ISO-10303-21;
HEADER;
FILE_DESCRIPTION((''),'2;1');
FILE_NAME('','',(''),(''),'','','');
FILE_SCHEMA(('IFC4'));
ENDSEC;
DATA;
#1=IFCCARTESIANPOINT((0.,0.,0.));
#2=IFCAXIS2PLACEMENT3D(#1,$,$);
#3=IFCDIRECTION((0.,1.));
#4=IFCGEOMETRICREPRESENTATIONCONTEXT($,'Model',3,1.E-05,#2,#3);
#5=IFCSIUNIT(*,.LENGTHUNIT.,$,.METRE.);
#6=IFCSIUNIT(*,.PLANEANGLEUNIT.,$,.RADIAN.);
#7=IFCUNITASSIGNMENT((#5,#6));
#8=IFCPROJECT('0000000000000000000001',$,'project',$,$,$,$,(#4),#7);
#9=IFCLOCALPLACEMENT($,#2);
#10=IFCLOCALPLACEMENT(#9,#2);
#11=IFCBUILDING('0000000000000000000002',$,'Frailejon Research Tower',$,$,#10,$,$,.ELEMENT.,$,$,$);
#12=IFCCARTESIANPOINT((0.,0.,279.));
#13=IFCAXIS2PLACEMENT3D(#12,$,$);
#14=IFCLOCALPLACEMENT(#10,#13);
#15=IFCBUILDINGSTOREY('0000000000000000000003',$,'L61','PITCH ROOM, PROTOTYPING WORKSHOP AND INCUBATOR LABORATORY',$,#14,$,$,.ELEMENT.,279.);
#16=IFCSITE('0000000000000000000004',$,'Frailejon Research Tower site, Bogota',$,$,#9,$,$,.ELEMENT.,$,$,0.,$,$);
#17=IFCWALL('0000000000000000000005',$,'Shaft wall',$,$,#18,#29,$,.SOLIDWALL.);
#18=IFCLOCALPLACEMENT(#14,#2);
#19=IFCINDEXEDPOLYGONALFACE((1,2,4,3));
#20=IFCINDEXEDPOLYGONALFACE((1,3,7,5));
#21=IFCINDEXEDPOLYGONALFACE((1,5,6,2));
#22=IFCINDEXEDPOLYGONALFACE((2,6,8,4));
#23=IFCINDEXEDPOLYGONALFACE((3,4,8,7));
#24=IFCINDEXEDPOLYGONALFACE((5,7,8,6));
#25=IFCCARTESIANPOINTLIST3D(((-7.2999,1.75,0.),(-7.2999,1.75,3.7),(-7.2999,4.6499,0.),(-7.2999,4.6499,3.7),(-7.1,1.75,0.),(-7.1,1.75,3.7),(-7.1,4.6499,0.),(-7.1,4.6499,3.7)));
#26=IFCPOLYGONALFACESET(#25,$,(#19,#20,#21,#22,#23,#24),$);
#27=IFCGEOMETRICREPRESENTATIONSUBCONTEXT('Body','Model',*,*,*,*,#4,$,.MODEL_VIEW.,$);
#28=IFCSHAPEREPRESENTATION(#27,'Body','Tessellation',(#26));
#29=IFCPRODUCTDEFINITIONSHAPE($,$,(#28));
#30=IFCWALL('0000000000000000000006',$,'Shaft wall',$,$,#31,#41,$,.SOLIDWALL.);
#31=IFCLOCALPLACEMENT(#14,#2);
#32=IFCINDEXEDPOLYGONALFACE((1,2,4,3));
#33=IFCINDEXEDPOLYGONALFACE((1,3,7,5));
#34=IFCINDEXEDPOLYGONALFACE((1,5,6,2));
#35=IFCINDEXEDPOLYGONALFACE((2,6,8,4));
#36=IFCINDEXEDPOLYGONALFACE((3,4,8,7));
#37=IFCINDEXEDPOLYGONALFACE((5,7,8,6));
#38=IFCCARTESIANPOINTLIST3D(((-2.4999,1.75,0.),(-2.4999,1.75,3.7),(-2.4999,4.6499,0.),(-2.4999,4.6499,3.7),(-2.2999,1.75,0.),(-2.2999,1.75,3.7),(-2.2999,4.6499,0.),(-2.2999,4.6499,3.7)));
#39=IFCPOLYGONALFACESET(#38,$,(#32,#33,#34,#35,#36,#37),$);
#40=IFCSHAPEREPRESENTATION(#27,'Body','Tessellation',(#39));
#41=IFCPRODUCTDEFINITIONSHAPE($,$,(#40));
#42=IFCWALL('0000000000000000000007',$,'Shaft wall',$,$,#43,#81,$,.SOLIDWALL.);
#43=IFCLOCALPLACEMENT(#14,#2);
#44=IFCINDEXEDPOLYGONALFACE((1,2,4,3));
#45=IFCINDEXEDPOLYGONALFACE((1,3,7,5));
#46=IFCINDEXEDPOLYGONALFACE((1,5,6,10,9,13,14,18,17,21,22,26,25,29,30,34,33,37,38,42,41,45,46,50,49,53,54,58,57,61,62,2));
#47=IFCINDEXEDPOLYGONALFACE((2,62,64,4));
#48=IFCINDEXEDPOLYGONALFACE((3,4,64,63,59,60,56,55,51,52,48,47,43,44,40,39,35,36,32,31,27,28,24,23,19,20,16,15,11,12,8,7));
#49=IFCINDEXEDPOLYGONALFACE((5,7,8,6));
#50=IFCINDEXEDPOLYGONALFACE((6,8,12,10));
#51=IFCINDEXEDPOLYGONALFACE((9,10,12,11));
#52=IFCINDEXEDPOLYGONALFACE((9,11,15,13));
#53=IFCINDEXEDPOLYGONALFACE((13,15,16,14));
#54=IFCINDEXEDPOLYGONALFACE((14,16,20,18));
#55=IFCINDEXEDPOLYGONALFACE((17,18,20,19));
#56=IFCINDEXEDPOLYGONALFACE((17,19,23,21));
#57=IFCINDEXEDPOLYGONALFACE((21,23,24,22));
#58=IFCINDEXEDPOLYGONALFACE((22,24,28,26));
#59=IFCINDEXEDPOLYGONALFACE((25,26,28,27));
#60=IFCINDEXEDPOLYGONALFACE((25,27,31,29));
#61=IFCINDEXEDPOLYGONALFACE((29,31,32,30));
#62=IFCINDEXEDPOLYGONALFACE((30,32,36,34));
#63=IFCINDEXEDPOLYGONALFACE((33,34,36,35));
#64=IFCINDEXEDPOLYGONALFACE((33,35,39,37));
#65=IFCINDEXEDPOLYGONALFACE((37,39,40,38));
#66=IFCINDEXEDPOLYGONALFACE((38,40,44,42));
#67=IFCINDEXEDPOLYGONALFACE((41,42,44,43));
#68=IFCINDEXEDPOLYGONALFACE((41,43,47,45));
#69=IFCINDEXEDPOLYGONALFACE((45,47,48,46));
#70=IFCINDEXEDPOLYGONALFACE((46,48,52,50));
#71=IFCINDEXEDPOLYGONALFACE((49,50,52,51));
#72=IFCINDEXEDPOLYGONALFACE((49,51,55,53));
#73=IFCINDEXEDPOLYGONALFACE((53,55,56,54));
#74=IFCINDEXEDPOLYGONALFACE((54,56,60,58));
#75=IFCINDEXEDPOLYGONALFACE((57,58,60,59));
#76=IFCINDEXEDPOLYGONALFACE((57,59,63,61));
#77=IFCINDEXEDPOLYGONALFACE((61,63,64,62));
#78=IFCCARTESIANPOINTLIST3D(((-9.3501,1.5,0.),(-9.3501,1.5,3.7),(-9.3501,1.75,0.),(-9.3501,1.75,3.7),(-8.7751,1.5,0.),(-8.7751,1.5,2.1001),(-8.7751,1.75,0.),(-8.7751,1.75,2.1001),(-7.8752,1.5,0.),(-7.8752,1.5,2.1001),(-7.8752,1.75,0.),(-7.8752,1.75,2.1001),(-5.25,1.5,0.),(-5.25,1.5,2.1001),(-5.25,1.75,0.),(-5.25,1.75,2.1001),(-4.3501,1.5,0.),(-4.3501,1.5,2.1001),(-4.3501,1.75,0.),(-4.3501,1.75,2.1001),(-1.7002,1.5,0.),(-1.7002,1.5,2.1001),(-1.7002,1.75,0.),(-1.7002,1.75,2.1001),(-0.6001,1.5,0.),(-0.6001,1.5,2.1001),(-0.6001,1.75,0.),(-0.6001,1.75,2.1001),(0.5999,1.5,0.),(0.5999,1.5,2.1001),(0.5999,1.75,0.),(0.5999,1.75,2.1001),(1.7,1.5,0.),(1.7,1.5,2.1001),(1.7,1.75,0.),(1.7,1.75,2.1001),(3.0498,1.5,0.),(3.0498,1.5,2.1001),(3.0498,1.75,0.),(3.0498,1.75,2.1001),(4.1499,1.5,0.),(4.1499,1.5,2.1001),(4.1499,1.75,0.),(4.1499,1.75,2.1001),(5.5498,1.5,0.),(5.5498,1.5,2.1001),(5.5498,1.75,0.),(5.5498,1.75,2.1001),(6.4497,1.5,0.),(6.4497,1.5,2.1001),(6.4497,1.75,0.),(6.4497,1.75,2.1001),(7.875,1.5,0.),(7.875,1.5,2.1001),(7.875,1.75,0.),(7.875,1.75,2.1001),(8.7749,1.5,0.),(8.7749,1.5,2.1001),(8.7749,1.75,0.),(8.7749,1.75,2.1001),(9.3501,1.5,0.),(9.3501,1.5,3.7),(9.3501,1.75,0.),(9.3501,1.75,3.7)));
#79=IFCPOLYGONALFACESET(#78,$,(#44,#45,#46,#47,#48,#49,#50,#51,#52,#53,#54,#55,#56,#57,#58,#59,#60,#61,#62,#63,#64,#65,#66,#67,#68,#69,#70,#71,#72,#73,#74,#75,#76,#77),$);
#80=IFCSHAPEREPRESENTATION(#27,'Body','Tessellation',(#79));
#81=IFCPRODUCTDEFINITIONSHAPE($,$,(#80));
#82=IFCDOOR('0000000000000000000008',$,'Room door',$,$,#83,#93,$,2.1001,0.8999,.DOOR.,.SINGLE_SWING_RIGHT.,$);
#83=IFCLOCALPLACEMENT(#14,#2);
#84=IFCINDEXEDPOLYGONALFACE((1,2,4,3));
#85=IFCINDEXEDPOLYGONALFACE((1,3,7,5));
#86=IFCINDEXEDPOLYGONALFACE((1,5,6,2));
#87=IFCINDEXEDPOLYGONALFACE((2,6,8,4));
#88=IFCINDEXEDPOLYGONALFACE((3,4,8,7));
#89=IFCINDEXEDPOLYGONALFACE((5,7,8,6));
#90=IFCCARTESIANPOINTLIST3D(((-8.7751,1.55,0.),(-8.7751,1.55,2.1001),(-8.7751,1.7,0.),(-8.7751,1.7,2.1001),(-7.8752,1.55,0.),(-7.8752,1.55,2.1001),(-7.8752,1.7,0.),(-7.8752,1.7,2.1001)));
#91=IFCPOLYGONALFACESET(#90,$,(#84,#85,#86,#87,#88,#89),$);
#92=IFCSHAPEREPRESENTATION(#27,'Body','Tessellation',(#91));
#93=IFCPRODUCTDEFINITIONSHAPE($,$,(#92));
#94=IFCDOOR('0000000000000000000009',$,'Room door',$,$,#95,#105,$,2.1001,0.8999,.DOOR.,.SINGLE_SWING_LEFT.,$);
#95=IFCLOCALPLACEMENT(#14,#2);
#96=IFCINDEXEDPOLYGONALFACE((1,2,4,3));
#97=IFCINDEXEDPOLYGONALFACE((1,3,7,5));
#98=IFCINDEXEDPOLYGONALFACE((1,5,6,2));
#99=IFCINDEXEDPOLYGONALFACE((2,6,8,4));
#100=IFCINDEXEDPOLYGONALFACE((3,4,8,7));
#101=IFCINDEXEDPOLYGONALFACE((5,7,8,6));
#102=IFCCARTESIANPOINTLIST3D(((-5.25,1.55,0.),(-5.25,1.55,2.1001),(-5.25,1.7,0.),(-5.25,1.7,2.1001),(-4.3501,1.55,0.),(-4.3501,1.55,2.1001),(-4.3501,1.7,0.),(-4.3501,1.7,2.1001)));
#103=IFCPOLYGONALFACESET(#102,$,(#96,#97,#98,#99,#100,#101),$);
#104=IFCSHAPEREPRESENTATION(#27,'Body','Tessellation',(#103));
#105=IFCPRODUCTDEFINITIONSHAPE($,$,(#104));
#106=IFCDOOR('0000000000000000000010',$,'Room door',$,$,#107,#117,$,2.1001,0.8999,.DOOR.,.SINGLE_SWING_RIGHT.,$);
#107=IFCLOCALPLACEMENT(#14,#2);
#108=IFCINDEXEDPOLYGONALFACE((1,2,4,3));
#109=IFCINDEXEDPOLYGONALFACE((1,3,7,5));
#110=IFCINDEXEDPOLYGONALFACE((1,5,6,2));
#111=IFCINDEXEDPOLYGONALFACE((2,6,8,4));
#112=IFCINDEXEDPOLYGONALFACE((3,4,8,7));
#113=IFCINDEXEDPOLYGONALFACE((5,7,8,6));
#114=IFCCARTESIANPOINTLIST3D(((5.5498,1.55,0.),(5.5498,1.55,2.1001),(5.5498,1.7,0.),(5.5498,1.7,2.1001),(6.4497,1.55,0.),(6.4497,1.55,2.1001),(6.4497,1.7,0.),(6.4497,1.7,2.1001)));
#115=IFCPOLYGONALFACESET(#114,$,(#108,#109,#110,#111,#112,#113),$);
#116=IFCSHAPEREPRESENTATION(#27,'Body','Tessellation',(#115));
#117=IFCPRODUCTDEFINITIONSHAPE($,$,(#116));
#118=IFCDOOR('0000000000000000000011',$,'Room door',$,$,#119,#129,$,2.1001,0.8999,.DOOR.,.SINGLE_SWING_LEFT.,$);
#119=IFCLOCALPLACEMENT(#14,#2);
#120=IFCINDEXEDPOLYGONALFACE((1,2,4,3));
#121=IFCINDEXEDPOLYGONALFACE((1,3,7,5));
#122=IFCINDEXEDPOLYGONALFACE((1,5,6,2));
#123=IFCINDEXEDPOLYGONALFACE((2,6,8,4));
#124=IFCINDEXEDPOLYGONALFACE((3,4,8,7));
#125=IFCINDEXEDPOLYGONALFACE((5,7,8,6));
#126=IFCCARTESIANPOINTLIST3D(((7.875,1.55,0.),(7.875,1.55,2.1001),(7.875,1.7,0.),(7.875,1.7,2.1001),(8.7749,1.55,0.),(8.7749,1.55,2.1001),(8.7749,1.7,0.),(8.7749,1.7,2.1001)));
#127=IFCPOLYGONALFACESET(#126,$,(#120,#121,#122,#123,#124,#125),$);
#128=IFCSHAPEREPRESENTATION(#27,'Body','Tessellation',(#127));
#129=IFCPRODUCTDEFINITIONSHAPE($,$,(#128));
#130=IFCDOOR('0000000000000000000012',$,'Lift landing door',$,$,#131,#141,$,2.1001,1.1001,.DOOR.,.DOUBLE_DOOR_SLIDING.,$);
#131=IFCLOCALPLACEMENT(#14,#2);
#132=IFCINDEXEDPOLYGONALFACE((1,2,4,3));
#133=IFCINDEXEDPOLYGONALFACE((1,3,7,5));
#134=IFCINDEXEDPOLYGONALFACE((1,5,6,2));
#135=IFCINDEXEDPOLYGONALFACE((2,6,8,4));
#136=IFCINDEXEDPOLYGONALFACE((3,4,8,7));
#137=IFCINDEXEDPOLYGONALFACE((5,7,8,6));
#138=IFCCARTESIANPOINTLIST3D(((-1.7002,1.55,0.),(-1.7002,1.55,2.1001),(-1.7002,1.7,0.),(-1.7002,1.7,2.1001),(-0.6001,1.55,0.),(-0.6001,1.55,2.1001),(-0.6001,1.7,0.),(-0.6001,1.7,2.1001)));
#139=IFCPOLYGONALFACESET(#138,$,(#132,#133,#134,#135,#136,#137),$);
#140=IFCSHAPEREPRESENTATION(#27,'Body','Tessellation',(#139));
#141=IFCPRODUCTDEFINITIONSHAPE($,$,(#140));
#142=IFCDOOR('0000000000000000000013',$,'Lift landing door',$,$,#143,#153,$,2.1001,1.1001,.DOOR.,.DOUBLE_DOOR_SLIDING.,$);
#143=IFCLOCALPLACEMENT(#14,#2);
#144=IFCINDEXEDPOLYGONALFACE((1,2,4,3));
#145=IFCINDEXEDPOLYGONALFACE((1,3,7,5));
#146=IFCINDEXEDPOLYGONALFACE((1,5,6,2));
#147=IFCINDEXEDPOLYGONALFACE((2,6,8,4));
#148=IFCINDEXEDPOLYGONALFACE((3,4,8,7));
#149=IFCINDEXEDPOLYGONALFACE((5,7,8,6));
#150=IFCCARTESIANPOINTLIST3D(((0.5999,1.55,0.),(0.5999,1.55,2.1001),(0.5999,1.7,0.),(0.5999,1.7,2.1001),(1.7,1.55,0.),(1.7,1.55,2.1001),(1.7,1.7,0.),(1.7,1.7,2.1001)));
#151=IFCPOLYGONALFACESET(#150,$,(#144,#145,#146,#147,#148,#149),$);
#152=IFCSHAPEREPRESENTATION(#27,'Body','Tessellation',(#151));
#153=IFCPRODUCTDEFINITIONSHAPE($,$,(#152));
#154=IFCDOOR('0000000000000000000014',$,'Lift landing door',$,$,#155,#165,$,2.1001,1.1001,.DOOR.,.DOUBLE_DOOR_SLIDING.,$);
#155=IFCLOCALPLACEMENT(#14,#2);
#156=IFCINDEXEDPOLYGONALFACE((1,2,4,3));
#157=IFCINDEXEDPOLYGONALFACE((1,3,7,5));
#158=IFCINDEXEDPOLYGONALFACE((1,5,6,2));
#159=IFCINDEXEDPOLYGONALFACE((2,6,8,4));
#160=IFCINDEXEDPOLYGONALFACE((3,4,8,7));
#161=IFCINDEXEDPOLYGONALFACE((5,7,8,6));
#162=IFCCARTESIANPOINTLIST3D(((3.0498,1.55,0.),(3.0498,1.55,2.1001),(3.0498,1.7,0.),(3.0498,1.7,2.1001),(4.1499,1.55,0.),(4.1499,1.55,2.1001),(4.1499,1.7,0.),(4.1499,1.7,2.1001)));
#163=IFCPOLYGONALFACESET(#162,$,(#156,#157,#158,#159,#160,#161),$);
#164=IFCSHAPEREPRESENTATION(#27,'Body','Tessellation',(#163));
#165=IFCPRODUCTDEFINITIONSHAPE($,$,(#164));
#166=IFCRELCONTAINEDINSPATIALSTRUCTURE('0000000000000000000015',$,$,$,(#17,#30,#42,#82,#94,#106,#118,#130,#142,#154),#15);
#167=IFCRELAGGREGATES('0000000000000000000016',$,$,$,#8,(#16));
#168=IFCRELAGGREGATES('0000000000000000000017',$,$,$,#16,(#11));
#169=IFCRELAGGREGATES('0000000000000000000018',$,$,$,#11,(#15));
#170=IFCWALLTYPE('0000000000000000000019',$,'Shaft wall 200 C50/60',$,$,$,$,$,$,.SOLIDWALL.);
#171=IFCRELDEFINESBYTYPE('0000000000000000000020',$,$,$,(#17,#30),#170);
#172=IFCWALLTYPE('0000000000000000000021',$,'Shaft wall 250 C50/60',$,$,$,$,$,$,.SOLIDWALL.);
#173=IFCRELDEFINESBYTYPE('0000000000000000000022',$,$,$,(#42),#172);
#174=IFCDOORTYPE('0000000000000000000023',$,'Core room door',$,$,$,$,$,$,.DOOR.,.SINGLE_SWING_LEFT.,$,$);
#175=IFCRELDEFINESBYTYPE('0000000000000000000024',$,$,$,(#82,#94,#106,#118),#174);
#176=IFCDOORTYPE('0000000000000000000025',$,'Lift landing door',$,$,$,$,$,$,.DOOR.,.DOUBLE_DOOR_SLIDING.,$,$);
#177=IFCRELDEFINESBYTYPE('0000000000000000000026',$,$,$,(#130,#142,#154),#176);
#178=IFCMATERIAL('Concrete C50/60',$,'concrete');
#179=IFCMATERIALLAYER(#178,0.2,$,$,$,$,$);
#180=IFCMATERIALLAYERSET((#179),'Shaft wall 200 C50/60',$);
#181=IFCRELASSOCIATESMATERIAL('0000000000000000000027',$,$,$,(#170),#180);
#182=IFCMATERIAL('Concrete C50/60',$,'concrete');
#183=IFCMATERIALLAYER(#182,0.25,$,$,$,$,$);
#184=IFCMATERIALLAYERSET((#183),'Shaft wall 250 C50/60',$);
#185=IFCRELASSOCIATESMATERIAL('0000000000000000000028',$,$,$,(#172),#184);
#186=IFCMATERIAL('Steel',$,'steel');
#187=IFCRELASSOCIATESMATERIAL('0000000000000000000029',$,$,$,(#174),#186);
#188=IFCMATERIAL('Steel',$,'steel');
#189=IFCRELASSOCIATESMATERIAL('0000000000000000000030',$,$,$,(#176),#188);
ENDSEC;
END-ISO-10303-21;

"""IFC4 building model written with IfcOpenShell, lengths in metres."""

from ifc_helpers import new_model, si_unit, direction, frame, frame_2d, origin, place, context, subcontext, project, spatial, rectangle, extrude, material, layer, layer_set, type_object, element, fill, save


model = new_model("IFC4")

# Units and contexts
model_context = context("Model", 3, precision=1e-05, world=origin(), true_north=direction((0.0, 1.0)))
body_context = subcontext(model_context, "Body", "Model", "MODEL_VIEW")
ifc_project = project(units=[si_unit("LENGTHUNIT", "METRE"), si_unit("PLANEANGLEUNIT", "RADIAN")], contexts=[model_context])

# Site, building, storey
site_placement = place(None, origin())
site = spatial("IfcSite", under=ifc_project, at=site_placement, Name="Frailejon Research Tower site, Bogota", CompositionType="ELEMENT", RefElevation=0.0)
building_placement = place(site_placement, origin())
building = spatial("IfcBuilding", under=site, at=building_placement, Name="Frailejon Research Tower", CompositionType="ELEMENT")
storey_placement = place(building_placement, frame((0.0, 0.0, 279.0)))
storey = spatial("IfcBuildingStorey", under=building, at=storey_placement, Name="L61", Description="PITCH ROOM, PROTOTYPING WORKSHOP AND INCUBATOR LABORATORY", CompositionType="ELEMENT", Elevation=279.0)

# Walls
ifc_material_1 = material(Name="Concrete C50/60", Category="concrete")
ifc_layer_1 = layer(ifc_material_1, 0.2)
ifc_layer_set_1 = layer_set([ifc_layer_1], Name="Shaft wall 200 C50/60")
wall_type_1 = type_object("IfcWallType", Name="Shaft wall 200 C50/60", PredefinedType="SOLIDWALL", material=ifc_layer_set_1)
for number, where, z_axis, x_axis, name in (
    (1, (-7.2, 1.75, 0.0), (0.0, 0.0, 1.0), (0.0, 1.0, 0.0), "Shaft wall"),
    (2, (-2.3999, 1.75, 0.0), (0.0, 0.0, 1.0), (0.0, 1.0, 0.0), "Shaft wall"),
):
    element("IfcWall", number, at=place(storey_placement, frame(where, z_axis=z_axis, x_axis=x_axis)), inside=storey, type_object=wall_type_1, Name=name, PredefinedType="SOLIDWALL", context=body_context, shape_type="SweptSolid", body=[
        extrude(rectangle(XDim=2.8999, YDim=0.2, at=frame_2d((1.45, 0.0))), origin(), (0.0, 0.0, 1.0), 3.7),
    ])

# Wall, openings, doors
ifc_material_2 = material(Name="Concrete C50/60", Category="concrete")
ifc_layer_2 = layer(ifc_material_2, 0.25)
ifc_layer_set_2 = layer_set([ifc_layer_2], Name="Shaft wall 250 C50/60")
wall_type_2 = type_object("IfcWallType", Name="Shaft wall 250 C50/60", PredefinedType="SOLIDWALL", material=ifc_layer_set_2)
wall_1_placement = place(storey_placement, frame((-9.3501, 1.625, 0.0), z_axis=(0.0, 0.0, 1.0), x_axis=(1.0, 0.0, 0.0)))
wall_1 = element("IfcWall", 3, at=wall_1_placement, inside=storey, type_object=wall_type_2, Name="Shaft wall", PredefinedType="SOLIDWALL", context=body_context, shape_type="SweptSolid", body=[
    extrude(rectangle(XDim=18.7002, YDim=0.25, at=frame_2d((9.3501, 0.0))), origin(), (0.0, 0.0, 1.0), 3.7),
])
opening_1_placement = place(wall_1_placement, frame((7.6499, 0.0, 0.0)))
opening_1 = element("IfcOpeningElement", 4, at=opening_1_placement, cuts=wall_1, PredefinedType="OPENING", context=body_context, shape_type="SweptSolid", body=[
    extrude(rectangle(XDim=1.1001, YDim=2.1001, at=frame_2d((0.55, 1.05))), frame((0.0, 0.135, 0.0), z_axis=(0.0, -1.0, 0.0), x_axis=(1.0, 0.0, 0.0)), (0.0, 0.0, 1.0), 0.27),
])
opening_2_placement = place(wall_1_placement, frame((9.95, 0.0, 0.0)))
opening_2 = element("IfcOpeningElement", 5, at=opening_2_placement, cuts=wall_1, PredefinedType="OPENING", context=body_context, shape_type="SweptSolid", body=[
    extrude(rectangle(XDim=1.1001, YDim=2.1001, at=frame_2d((0.55, 1.05))), frame((0.0, 0.135, 0.0), z_axis=(0.0, -1.0, 0.0), x_axis=(1.0, 0.0, 0.0)), (0.0, 0.0, 1.0), 0.27),
])
opening_3_placement = place(wall_1_placement, frame((12.3999, 0.0, 0.0)))
opening_3 = element("IfcOpeningElement", 6, at=opening_3_placement, cuts=wall_1, PredefinedType="OPENING", context=body_context, shape_type="SweptSolid", body=[
    extrude(rectangle(XDim=1.1001, YDim=2.1001, at=frame_2d((0.55, 1.05))), frame((0.0, 0.135, 0.0), z_axis=(0.0, -1.0, 0.0), x_axis=(1.0, 0.0, 0.0)), (0.0, 0.0, 1.0), 0.27),
])
opening_4_placement = place(wall_1_placement, frame((0.575, 0.0, 0.0)))
opening_4 = element("IfcOpeningElement", 7, at=opening_4_placement, cuts=wall_1, PredefinedType="OPENING", context=body_context, shape_type="SweptSolid", body=[
    extrude(rectangle(XDim=0.8999, YDim=2.1001, at=frame_2d((0.45, 1.05))), frame((0.0, 0.135, 0.0), z_axis=(0.0, -1.0, 0.0), x_axis=(1.0, 0.0, 0.0)), (0.0, 0.0, 1.0), 0.27),
])
opening_5_placement = place(wall_1_placement, frame((4.1001, 0.0, 0.0)))
opening_5 = element("IfcOpeningElement", 8, at=opening_5_placement, cuts=wall_1, PredefinedType="OPENING", context=body_context, shape_type="SweptSolid", body=[
    extrude(rectangle(XDim=0.8999, YDim=2.1001, at=frame_2d((0.45, 1.05))), frame((0.0, 0.135, 0.0), z_axis=(0.0, -1.0, 0.0), x_axis=(1.0, 0.0, 0.0)), (0.0, 0.0, 1.0), 0.27),
])
opening_6_placement = place(wall_1_placement, frame((14.8999, 0.0, 0.0)))
opening_6 = element("IfcOpeningElement", 9, at=opening_6_placement, cuts=wall_1, PredefinedType="OPENING", context=body_context, shape_type="SweptSolid", body=[
    extrude(rectangle(XDim=0.8999, YDim=2.1001, at=frame_2d((0.45, 1.05))), frame((0.0, 0.135, 0.0), z_axis=(0.0, -1.0, 0.0), x_axis=(1.0, 0.0, 0.0)), (0.0, 0.0, 1.0), 0.27),
])
opening_7_placement = place(wall_1_placement, frame((17.2251, 0.0, 0.0)))
opening_7 = element("IfcOpeningElement", 10, at=opening_7_placement, cuts=wall_1, PredefinedType="OPENING", context=body_context, shape_type="SweptSolid", body=[
    extrude(rectangle(XDim=0.8999, YDim=2.1001, at=frame_2d((0.45, 1.05))), frame((0.0, 0.135, 0.0), z_axis=(0.0, -1.0, 0.0), x_axis=(1.0, 0.0, 0.0)), (0.0, 0.0, 1.0), 0.27),
])
ifc_material_3 = material(Name="Steel", Category="steel")
door_type_1 = type_object("IfcDoorType", Name="Core room door", OperationType="SINGLE_SWING_LEFT", PredefinedType="DOOR", material=ifc_material_3)
door_1_placement = place(opening_4_placement, origin())
door_1 = element("IfcDoor", 11, at=door_1_placement, inside=storey, type_object=door_type_1, Name="Room door", OperationType="SINGLE_SWING_RIGHT", OverallHeight=2.1001, OverallWidth=0.8999, PredefinedType="DOOR", context=body_context, shape_type="SweptSolid", body=[
    extrude(rectangle(XDim=0.8999, YDim=2.1001, at=frame_2d((0.45, 1.05))), frame((0.0, 0.075, 0.0), z_axis=(0.0, -1.0, 0.0), x_axis=(1.0, 0.0, 0.0)), (0.0, 0.0, 1.0), 0.1499),
])
fill(opening_4, door_1)
door_2_placement = place(opening_5_placement, origin())
door_2 = element("IfcDoor", 12, at=door_2_placement, inside=storey, type_object=door_type_1, Name="Room door", OperationType="SINGLE_SWING_LEFT", OverallHeight=2.1001, OverallWidth=0.8999, PredefinedType="DOOR", context=body_context, shape_type="SweptSolid", body=[
    extrude(rectangle(XDim=0.8999, YDim=2.1001, at=frame_2d((0.45, 1.05))), frame((0.0, 0.075, 0.0), z_axis=(0.0, -1.0, 0.0), x_axis=(1.0, 0.0, 0.0)), (0.0, 0.0, 1.0), 0.1499),
])
fill(opening_5, door_2)
door_3_placement = place(opening_6_placement, origin())
door_3 = element("IfcDoor", 13, at=door_3_placement, inside=storey, type_object=door_type_1, Name="Room door", OperationType="SINGLE_SWING_RIGHT", OverallHeight=2.1001, OverallWidth=0.8999, PredefinedType="DOOR", context=body_context, shape_type="SweptSolid", body=[
    extrude(rectangle(XDim=0.8999, YDim=2.1001, at=frame_2d((0.45, 1.05))), frame((0.0, 0.075, 0.0), z_axis=(0.0, -1.0, 0.0), x_axis=(1.0, 0.0, 0.0)), (0.0, 0.0, 1.0), 0.1499),
])
fill(opening_6, door_3)
door_4_placement = place(opening_7_placement, origin())
door_4 = element("IfcDoor", 14, at=door_4_placement, inside=storey, type_object=door_type_1, Name="Room door", OperationType="SINGLE_SWING_LEFT", OverallHeight=2.1001, OverallWidth=0.8999, PredefinedType="DOOR", context=body_context, shape_type="SweptSolid", body=[
    extrude(rectangle(XDim=0.8999, YDim=2.1001, at=frame_2d((0.45, 1.05))), frame((0.0, 0.075, 0.0), z_axis=(0.0, -1.0, 0.0), x_axis=(1.0, 0.0, 0.0)), (0.0, 0.0, 1.0), 0.1499),
])
fill(opening_7, door_4)
ifc_material_4 = material(Name="Steel", Category="steel")
door_type_2 = type_object("IfcDoorType", Name="Lift landing door", OperationType="DOUBLE_DOOR_SLIDING", PredefinedType="DOOR", material=ifc_material_4)
door_5_placement = place(opening_1_placement, origin())
door_5 = element("IfcDoor", 15, at=door_5_placement, inside=storey, type_object=door_type_2, Name="Lift landing door", OperationType="DOUBLE_DOOR_SLIDING", OverallHeight=2.1001, OverallWidth=1.1001, PredefinedType="DOOR", context=body_context, shape_type="SweptSolid", body=[
    extrude(rectangle(XDim=1.1001, YDim=2.1001, at=frame_2d((0.55, 1.05))), frame((0.0, 0.075, 0.0), z_axis=(0.0, -1.0, 0.0), x_axis=(1.0, 0.0, 0.0)), (0.0, 0.0, 1.0), 0.1499),
])
fill(opening_1, door_5)
door_6_placement = place(opening_2_placement, origin())
door_6 = element("IfcDoor", 16, at=door_6_placement, inside=storey, type_object=door_type_2, Name="Lift landing door", OperationType="DOUBLE_DOOR_SLIDING", OverallHeight=2.1001, OverallWidth=1.1001, PredefinedType="DOOR", context=body_context, shape_type="SweptSolid", body=[
    extrude(rectangle(XDim=1.1001, YDim=2.1001, at=frame_2d((0.55, 1.05))), frame((0.0, 0.075, 0.0), z_axis=(0.0, -1.0, 0.0), x_axis=(1.0, 0.0, 0.0)), (0.0, 0.0, 1.0), 0.1499),
])
fill(opening_2, door_6)
door_7_placement = place(opening_3_placement, origin())
door_7 = element("IfcDoor", 17, at=door_7_placement, inside=storey, type_object=door_type_2, Name="Lift landing door", OperationType="DOUBLE_DOOR_SLIDING", OverallHeight=2.1001, OverallWidth=1.1001, PredefinedType="DOOR", context=body_context, shape_type="SweptSolid", body=[
    extrude(rectangle(XDim=1.1001, YDim=2.1001, at=frame_2d((0.55, 1.05))), frame((0.0, 0.075, 0.0), z_axis=(0.0, -1.0, 0.0), x_axis=(1.0, 0.0, 0.0)), (0.0, 0.0, 1.0), 0.1499),
])
fill(opening_3, door_7)

save(model, "model.ifc")
